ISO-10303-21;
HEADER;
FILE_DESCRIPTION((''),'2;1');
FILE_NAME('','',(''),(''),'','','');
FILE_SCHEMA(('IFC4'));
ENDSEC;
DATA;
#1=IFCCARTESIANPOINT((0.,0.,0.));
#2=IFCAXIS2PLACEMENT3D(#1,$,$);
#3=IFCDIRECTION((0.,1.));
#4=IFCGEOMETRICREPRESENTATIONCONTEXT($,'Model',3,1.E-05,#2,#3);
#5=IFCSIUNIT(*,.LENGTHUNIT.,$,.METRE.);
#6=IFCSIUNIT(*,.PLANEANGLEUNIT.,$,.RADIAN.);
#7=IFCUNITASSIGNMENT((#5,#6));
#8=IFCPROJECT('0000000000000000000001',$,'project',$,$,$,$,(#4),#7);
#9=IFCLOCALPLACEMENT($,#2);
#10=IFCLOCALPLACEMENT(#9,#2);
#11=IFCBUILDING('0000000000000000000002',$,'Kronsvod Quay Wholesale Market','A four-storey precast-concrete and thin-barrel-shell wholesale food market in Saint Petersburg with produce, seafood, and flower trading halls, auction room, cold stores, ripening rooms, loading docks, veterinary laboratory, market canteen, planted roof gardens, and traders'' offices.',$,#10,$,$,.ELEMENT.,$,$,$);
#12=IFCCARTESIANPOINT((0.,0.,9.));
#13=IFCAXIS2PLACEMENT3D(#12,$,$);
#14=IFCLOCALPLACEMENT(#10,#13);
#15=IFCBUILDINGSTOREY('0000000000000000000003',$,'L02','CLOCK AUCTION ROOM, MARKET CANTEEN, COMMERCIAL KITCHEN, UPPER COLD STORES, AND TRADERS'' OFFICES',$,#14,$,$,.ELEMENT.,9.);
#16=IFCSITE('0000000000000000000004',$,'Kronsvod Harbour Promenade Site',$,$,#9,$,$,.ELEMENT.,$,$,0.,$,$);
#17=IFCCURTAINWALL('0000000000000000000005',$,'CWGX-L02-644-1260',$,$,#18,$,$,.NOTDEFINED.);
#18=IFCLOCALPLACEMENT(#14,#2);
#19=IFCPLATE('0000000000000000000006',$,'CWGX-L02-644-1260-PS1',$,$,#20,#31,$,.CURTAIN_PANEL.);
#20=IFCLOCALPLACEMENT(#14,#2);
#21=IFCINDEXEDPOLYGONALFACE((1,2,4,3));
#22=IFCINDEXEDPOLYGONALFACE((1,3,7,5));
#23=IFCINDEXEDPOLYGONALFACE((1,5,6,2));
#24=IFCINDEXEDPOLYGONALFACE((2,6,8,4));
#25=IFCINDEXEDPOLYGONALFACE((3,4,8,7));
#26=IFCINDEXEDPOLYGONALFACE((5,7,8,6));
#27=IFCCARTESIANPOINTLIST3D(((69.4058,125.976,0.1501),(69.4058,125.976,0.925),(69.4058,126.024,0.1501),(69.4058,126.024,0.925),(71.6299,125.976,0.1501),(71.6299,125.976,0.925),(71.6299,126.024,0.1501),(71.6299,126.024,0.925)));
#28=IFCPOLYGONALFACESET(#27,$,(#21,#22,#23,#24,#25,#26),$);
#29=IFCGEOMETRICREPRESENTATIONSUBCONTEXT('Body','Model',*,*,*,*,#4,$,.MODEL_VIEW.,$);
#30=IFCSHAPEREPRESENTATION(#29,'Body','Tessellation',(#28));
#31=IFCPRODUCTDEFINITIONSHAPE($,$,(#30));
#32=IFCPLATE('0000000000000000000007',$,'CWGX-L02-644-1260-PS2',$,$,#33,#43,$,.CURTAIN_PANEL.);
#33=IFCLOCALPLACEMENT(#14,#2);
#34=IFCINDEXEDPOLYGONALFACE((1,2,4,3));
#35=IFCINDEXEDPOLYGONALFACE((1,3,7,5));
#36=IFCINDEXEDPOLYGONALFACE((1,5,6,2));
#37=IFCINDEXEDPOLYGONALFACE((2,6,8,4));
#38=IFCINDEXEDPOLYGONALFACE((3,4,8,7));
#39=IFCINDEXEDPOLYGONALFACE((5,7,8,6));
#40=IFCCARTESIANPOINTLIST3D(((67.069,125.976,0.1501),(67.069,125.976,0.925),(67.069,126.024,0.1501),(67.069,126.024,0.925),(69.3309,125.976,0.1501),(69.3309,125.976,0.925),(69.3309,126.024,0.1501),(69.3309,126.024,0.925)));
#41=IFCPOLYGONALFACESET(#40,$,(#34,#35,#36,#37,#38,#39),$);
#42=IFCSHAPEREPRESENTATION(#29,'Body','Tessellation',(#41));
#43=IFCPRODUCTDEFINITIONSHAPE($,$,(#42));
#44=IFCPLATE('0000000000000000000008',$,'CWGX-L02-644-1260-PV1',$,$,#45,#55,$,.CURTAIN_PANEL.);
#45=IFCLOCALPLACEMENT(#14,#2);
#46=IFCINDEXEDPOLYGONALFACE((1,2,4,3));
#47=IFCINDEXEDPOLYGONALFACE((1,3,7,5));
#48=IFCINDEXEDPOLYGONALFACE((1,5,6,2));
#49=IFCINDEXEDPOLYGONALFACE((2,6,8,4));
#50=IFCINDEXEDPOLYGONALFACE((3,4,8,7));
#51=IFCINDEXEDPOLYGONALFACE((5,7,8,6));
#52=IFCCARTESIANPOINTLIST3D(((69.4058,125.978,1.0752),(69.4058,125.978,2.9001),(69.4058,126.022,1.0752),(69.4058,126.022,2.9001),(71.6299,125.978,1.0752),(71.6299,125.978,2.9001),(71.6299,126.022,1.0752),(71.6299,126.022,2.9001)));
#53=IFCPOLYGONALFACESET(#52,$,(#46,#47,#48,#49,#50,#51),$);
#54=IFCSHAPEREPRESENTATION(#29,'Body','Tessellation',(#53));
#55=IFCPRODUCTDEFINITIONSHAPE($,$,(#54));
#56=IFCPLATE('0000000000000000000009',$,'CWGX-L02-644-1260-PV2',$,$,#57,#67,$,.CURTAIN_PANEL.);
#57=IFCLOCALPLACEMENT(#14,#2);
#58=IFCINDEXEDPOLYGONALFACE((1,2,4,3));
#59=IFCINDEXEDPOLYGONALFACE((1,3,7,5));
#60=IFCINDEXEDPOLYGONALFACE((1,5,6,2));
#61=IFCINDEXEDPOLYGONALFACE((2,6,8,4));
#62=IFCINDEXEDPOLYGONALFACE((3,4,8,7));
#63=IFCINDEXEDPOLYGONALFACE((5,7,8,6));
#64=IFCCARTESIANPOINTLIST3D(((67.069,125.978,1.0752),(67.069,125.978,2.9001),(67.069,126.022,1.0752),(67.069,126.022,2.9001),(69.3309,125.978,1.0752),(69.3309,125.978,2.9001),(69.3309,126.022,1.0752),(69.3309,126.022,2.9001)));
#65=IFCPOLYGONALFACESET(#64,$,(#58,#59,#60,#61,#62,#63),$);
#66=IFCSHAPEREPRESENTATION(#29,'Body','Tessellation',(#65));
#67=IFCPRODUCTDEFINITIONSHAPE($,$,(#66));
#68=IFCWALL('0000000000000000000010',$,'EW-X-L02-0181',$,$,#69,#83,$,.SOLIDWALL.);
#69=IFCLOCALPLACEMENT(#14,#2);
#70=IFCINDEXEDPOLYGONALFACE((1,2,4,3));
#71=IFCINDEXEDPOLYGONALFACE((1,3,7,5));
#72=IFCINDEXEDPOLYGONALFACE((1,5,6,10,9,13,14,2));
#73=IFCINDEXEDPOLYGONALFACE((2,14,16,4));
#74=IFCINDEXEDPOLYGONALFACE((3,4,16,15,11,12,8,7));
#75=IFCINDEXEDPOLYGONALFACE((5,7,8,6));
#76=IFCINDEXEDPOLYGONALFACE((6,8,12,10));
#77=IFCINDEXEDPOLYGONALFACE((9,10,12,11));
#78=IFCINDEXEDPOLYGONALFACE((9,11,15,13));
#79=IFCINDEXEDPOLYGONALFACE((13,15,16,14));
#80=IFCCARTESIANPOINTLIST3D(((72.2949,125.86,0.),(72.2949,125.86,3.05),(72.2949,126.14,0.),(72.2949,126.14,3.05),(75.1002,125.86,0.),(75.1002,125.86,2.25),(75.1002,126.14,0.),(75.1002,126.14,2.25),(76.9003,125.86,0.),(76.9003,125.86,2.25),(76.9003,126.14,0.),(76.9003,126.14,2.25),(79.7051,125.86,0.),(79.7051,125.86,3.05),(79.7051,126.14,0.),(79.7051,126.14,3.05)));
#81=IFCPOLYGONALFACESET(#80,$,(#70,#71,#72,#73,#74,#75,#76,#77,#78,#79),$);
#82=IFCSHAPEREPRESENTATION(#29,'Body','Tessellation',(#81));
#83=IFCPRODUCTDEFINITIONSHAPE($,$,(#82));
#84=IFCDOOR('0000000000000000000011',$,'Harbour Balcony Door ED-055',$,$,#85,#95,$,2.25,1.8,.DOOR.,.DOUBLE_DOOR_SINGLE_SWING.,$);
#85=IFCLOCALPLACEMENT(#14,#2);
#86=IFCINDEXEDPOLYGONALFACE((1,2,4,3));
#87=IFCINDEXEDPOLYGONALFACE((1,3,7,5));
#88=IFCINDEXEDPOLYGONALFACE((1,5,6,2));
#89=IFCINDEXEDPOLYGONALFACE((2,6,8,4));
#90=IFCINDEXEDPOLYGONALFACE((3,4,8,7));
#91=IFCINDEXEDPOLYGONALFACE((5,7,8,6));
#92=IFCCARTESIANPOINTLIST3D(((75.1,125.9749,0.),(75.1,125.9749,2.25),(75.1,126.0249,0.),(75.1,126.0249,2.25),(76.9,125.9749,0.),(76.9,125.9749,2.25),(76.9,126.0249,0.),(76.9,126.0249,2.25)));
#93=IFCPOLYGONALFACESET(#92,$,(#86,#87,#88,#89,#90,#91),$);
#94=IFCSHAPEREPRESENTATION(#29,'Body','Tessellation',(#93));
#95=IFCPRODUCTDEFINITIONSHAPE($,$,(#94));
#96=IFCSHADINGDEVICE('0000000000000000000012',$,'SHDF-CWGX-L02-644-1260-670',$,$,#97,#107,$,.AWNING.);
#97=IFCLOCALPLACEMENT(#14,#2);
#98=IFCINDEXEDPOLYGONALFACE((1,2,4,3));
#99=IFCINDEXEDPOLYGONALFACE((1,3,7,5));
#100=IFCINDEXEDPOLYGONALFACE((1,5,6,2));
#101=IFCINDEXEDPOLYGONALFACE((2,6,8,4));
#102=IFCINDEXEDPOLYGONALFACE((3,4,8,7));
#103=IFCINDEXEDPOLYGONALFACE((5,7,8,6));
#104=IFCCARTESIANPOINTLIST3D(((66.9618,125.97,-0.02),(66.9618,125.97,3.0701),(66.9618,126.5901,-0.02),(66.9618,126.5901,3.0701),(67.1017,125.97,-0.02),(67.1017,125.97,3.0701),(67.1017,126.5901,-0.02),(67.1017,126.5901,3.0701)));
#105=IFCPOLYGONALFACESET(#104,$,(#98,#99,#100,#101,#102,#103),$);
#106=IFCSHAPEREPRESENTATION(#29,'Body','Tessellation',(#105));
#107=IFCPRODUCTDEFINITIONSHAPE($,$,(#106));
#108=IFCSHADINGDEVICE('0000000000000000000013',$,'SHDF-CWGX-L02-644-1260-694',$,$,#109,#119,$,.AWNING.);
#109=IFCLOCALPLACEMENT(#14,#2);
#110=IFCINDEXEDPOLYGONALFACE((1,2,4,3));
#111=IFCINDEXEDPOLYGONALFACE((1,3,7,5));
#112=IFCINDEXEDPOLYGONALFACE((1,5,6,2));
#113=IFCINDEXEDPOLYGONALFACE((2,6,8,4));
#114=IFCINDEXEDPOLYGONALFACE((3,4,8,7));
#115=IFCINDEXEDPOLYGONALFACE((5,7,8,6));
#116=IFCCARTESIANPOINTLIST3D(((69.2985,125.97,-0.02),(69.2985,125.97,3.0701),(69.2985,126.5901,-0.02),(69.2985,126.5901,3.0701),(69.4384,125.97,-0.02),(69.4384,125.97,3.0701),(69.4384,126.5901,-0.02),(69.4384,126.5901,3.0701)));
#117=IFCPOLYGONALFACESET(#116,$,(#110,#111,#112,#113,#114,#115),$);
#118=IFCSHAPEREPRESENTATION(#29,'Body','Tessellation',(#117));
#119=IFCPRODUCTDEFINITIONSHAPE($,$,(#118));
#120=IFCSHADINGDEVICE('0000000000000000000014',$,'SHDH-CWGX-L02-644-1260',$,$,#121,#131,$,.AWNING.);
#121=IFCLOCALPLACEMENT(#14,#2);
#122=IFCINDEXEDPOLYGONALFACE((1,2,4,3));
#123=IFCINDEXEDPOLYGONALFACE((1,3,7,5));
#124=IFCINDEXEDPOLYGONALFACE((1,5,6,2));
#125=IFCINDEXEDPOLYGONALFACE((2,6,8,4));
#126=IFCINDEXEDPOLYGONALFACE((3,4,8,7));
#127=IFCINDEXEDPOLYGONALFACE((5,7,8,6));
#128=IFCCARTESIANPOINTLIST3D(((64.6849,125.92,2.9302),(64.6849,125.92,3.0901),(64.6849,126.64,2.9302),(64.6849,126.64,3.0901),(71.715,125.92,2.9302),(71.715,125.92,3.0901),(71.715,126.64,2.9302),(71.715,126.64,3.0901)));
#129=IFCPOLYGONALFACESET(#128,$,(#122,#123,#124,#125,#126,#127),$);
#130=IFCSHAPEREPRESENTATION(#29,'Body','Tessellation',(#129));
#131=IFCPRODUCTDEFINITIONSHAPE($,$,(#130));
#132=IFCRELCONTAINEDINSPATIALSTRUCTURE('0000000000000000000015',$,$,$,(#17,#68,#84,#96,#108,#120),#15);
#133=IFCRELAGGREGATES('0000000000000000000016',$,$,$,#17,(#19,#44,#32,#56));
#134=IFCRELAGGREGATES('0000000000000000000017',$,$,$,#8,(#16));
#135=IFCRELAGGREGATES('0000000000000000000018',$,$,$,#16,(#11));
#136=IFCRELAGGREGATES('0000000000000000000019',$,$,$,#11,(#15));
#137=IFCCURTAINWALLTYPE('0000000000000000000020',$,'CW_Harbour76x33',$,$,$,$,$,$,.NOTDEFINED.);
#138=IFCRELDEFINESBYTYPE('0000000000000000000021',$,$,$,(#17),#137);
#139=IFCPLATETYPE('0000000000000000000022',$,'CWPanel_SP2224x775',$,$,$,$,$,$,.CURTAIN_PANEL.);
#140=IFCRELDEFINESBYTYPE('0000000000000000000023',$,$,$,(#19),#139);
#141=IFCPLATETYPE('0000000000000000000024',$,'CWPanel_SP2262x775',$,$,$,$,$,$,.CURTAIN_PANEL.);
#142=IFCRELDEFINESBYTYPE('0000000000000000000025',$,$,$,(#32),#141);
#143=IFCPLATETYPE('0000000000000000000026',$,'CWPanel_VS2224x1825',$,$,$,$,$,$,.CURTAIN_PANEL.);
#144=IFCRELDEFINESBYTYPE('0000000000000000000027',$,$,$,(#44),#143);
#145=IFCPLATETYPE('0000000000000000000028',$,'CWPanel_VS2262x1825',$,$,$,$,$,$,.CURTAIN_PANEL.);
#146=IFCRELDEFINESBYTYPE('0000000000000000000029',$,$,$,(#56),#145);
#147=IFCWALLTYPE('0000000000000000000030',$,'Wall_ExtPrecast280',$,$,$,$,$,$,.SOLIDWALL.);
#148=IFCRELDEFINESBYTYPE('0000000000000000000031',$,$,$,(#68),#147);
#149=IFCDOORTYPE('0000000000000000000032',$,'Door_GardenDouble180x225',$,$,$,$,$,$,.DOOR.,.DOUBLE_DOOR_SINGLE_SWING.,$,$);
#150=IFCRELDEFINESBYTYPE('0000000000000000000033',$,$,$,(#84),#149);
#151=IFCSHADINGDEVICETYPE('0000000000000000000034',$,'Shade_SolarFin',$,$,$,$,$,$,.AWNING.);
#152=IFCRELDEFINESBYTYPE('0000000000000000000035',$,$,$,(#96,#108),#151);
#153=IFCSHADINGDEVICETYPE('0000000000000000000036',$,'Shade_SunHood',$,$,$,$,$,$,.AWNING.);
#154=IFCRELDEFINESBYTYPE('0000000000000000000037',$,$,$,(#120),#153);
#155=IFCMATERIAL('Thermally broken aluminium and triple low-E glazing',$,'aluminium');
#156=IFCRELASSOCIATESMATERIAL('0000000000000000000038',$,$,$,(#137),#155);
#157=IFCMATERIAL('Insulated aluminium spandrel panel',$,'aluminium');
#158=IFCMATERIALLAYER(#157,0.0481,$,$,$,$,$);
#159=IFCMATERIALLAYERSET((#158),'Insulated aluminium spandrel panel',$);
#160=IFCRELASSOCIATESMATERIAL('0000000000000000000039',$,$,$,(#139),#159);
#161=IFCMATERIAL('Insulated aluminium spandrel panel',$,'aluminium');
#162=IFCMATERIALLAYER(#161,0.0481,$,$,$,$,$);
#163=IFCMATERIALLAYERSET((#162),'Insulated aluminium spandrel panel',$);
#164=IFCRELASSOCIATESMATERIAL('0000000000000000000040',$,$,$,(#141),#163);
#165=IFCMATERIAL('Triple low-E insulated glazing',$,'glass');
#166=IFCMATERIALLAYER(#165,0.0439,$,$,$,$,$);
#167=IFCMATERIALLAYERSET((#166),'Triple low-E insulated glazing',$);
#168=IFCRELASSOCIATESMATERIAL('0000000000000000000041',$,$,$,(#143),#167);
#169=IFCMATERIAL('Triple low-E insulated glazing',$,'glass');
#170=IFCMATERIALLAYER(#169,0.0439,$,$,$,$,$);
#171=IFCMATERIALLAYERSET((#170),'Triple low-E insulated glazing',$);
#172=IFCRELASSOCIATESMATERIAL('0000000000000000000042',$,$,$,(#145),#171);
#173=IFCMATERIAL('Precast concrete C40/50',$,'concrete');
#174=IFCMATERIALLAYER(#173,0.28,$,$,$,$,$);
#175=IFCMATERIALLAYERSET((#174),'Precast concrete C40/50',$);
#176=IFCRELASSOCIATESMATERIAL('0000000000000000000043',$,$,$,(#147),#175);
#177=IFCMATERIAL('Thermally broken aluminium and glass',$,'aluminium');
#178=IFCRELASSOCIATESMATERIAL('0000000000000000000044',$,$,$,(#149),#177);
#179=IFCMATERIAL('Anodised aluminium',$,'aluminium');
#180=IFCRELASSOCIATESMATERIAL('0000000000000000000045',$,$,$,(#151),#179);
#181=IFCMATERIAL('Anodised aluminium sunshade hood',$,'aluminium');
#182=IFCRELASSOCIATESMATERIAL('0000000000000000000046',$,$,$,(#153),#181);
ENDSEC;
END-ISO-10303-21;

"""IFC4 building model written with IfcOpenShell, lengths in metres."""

from ifc_helpers import new_model, si_unit, direction, frame, frame_2d, origin, origin_2d, place, context, subcontext, project, spatial, rectangle, extrude, material, layer, layer_set, type_object, element, fill, aggregate, save


model = new_model("IFC4")

# Units and contexts
model_context = context("Model", 3, precision=1e-05, world=origin(), true_north=direction((0.0, 1.0)))
body_context = subcontext(model_context, "Body", "Model", "MODEL_VIEW")
ifc_project = project(units=[si_unit("LENGTHUNIT", "METRE"), si_unit("PLANEANGLEUNIT", "RADIAN")], contexts=[model_context])

# Site, building, storey
site_placement = place(None, origin())
site = spatial("IfcSite", under=ifc_project, at=site_placement, Name="Kronsvod Harbour Promenade Site", CompositionType="ELEMENT", RefElevation=0.0)
building_placement = place(site_placement, origin())
building = spatial("IfcBuilding", under=site, at=building_placement, Name="Kronsvod Quay Wholesale Market", Description="A four-storey precast-concrete and thin-barrel-shell wholesale food market in Saint Petersburg with produce, seafood, and flower trading halls, auction room, cold stores, ripening rooms, loading docks, veterinary laboratory, market canteen, planted roof gardens, and traders' offices.", CompositionType="ELEMENT")
storey_placement = place(building_placement, frame((0.0, 0.0, 9.0)))
storey = spatial("IfcBuildingStorey", under=building, at=storey_placement, Name="L02", Description="CLOCK AUCTION ROOM, MARKET CANTEEN, COMMERCIAL KITCHEN, UPPER COLD STORES, AND TRADERS' OFFICES", CompositionType="ELEMENT", Elevation=9.0)

# Curtain wall
ifc_material_1 = material(Name="Thermally broken aluminium and triple low-E glazing", Category="aluminium")
curtain_wall_type = type_object("IfcCurtainWallType", Name="CW_Harbour76x33", PredefinedType="NOTDEFINED", material=ifc_material_1)
curtain_wall_placement = place(storey_placement, origin())
curtain_wall = element("IfcCurtainWall", 1, at=curtain_wall_placement, inside=storey, type_object=curtain_wall_type, Name="CWGX-L02-644-1260", PredefinedType="NOTDEFINED")

# Plates
ifc_material_2 = material(Name="Insulated aluminium spandrel panel", Category="aluminium")
ifc_layer_1 = layer(ifc_material_2, 0.0481)
ifc_layer_set_1 = layer_set([ifc_layer_1], Name="Insulated aluminium spandrel panel")
plate_type_1 = type_object("IfcPlateType", Name="CWPanel_SP2224x775", PredefinedType="CURTAIN_PANEL", material=ifc_layer_set_1)
plate_1_placement = place(storey_placement, frame((70.5178, 126.0, 0.1501), z_axis=(0.0, 0.0, 1.0), x_axis=(-1.0, 0.0, 0.0)))
plate_1 = element("IfcPlate", 2, at=plate_1_placement, type_object=plate_type_1, Name="CWGX-L02-644-1260-PS1", PredefinedType="CURTAIN_PANEL", context=body_context, shape_type="SweptSolid", body=[
    extrude(rectangle(XDim=2.2241, YDim=0.0481, at=origin_2d()), origin(), (0.0, 0.0, 1.0), 0.7749),
])
ifc_material_3 = material(Name="Insulated aluminium spandrel panel", Category="aluminium")
ifc_layer_2 = layer(ifc_material_3, 0.0481)
ifc_layer_set_2 = layer_set([ifc_layer_2], Name="Insulated aluminium spandrel panel")
plate_type_2 = type_object("IfcPlateType", Name="CWPanel_SP2262x775", PredefinedType="CURTAIN_PANEL", material=ifc_layer_set_2)
plate_2_placement = place(storey_placement, frame((68.2, 126.0, 0.1501), z_axis=(0.0, 0.0, 1.0), x_axis=(-1.0, 0.0, 0.0)))
plate_2 = element("IfcPlate", 3, at=plate_2_placement, type_object=plate_type_2, Name="CWGX-L02-644-1260-PS2", PredefinedType="CURTAIN_PANEL", context=body_context, shape_type="SweptSolid", body=[
    extrude(rectangle(XDim=2.262, YDim=0.0481, at=origin_2d()), origin(), (0.0, 0.0, 1.0), 0.7749),
])
ifc_material_4 = material(Name="Triple low-E insulated glazing", Category="glass")
ifc_layer_3 = layer(ifc_material_4, 0.0439)
ifc_layer_set_3 = layer_set([ifc_layer_3], Name="Triple low-E insulated glazing")
plate_type_3 = type_object("IfcPlateType", Name="CWPanel_VS2224x1825", PredefinedType="CURTAIN_PANEL", material=ifc_layer_set_3)
plate_3_placement = place(storey_placement, frame((70.5178, 126.0, 1.0752), z_axis=(0.0, 0.0, 1.0), x_axis=(-1.0, 0.0, 0.0)))
plate_3 = element("IfcPlate", 4, at=plate_3_placement, type_object=plate_type_3, Name="CWGX-L02-644-1260-PV1", PredefinedType="CURTAIN_PANEL", context=body_context, shape_type="SweptSolid", body=[
    extrude(rectangle(XDim=2.2241, YDim=0.0439, at=origin_2d()), origin(), (0.0, 0.0, 1.0), 1.825),
])
ifc_material_5 = material(Name="Triple low-E insulated glazing", Category="glass")
ifc_layer_4 = layer(ifc_material_5, 0.0439)
ifc_layer_set_4 = layer_set([ifc_layer_4], Name="Triple low-E insulated glazing")
plate_type_4 = type_object("IfcPlateType", Name="CWPanel_VS2262x1825", PredefinedType="CURTAIN_PANEL", material=ifc_layer_set_4)
plate_4_placement = place(storey_placement, frame((68.2, 126.0, 1.0752), z_axis=(0.0, 0.0, 1.0), x_axis=(-1.0, 0.0, 0.0)))
plate_4 = element("IfcPlate", 5, at=plate_4_placement, type_object=plate_type_4, Name="CWGX-L02-644-1260-PV2", PredefinedType="CURTAIN_PANEL", context=body_context, shape_type="SweptSolid", body=[
    extrude(rectangle(XDim=2.262, YDim=0.0439, at=origin_2d()), origin(), (0.0, 0.0, 1.0), 1.825),
])
aggregate(curtain_wall, [plate_1, plate_3, plate_2, plate_4])

# Wall, opening, door
ifc_material_6 = material(Name="Precast concrete C40/50", Category="concrete")
ifc_layer_5 = layer(ifc_material_6, 0.28)
ifc_layer_set_5 = layer_set([ifc_layer_5], Name="Precast concrete C40/50")
wall_type = type_object("IfcWallType", Name="Wall_ExtPrecast280", PredefinedType="SOLIDWALL", material=ifc_layer_set_5)
wall_placement = place(storey_placement, frame((79.7051, 126.0, 0.0), z_axis=(0.0, 0.0, 1.0), x_axis=(-1.0, 0.0, 0.0)))
wall = element("IfcWall", 6, at=wall_placement, inside=storey, type_object=wall_type, Name="EW-X-L02-0181", PredefinedType="SOLIDWALL", context=body_context, shape_type="SweptSolid", body=[
    extrude(rectangle(XDim=7.4102, YDim=0.28, at=frame_2d((3.7051, 0.0))), origin(), (0.0, 0.0, 1.0), 3.05),
])
opening_placement = place(wall_placement, frame((2.8049, 0.0, 0.0)))
opening = element("IfcOpeningElement", 7, at=opening_placement, cuts=wall, PredefinedType="OPENING", context=body_context, shape_type="SweptSolid", body=[
    extrude(rectangle(XDim=1.8, YDim=2.25, at=frame_2d((0.8999, 1.125))), frame((0.0, 0.1499, 0.0), z_axis=(0.0, -1.0, 0.0), x_axis=(1.0, 0.0, 0.0)), (0.0, 0.0, 1.0), 0.3),
])
ifc_material_7 = material(Name="Thermally broken aluminium and glass", Category="aluminium")
door_type = type_object("IfcDoorType", Name="Door_GardenDouble180x225", OperationType="DOUBLE_DOOR_SINGLE_SWING", PredefinedType="DOOR", material=ifc_material_7)
door_placement = place(opening_placement, frame((1.8, 0.0, 0.0), z_axis=(0.0, 0.0, 1.0), x_axis=(-1.0, 0.0, 0.0)))
door = element("IfcDoor", 8, at=door_placement, inside=storey, type_object=door_type, Name="Harbour Balcony Door ED-055", OperationType="DOUBLE_DOOR_SINGLE_SWING", OverallHeight=2.25, OverallWidth=1.8, PredefinedType="DOOR", context=body_context, shape_type="SweptSolid", body=[
    extrude(rectangle(XDim=1.8, YDim=2.25, at=frame_2d((0.8999, 1.125))), frame((0.0, 0.0249, 0.0), z_axis=(0.0, -1.0, 0.0), x_axis=(1.0, 0.0, 0.0)), (0.0, 0.0, 1.0), 0.05),
])
fill(opening, door)

# Shading devices
ifc_material_8 = material(Name="Anodised aluminium", Category="aluminium")
shading_device_type_1 = type_object("IfcShadingDeviceType", Name="Shade_SolarFin", PredefinedType="AWNING", material=ifc_material_8)
for number, where, z_axis, x_axis, name in (
    (9, (67.0317, 126.28, -0.02), (0.0, 0.0, 1.0), (1.0, 0.0, 0.0), "SHDF-CWGX-L02-644-1260-670"),
    (10, (69.3684, 126.28, -0.02), (0.0, 0.0, 1.0), (1.0, 0.0, 0.0), "SHDF-CWGX-L02-644-1260-694"),
):
    element("IfcShadingDevice", number, at=place(storey_placement, frame(where, z_axis=z_axis, x_axis=x_axis)), inside=storey, type_object=shading_device_type_1, Name=name, PredefinedType="AWNING", context=body_context, shape_type="SweptSolid", body=[
        extrude(rectangle(XDim=0.1399, YDim=0.6201, at=origin_2d()), origin(), (0.0, 0.0, 1.0), 3.0901),
    ])
ifc_material_9 = material(Name="Anodised aluminium sunshade hood", Category="aluminium")
shading_device_type_2 = type_object("IfcShadingDeviceType", Name="Shade_SunHood", PredefinedType="AWNING", material=ifc_material_9)
shading_device_placement = place(storey_placement, frame((68.2, 126.28, 2.9302), z_axis=(0.0, 0.0, 1.0), x_axis=(1.0, 0.0, 0.0)))
element("IfcShadingDevice", 11, at=shading_device_placement, inside=storey, type_object=shading_device_type_2, Name="SHDH-CWGX-L02-644-1260", PredefinedType="AWNING", context=body_context, shape_type="SweptSolid", body=[
    extrude(rectangle(XDim=7.03, YDim=0.72, at=origin_2d()), origin(), (0.0, 0.0, 1.0), 0.1599),
])

save(model, "model.ifc")
